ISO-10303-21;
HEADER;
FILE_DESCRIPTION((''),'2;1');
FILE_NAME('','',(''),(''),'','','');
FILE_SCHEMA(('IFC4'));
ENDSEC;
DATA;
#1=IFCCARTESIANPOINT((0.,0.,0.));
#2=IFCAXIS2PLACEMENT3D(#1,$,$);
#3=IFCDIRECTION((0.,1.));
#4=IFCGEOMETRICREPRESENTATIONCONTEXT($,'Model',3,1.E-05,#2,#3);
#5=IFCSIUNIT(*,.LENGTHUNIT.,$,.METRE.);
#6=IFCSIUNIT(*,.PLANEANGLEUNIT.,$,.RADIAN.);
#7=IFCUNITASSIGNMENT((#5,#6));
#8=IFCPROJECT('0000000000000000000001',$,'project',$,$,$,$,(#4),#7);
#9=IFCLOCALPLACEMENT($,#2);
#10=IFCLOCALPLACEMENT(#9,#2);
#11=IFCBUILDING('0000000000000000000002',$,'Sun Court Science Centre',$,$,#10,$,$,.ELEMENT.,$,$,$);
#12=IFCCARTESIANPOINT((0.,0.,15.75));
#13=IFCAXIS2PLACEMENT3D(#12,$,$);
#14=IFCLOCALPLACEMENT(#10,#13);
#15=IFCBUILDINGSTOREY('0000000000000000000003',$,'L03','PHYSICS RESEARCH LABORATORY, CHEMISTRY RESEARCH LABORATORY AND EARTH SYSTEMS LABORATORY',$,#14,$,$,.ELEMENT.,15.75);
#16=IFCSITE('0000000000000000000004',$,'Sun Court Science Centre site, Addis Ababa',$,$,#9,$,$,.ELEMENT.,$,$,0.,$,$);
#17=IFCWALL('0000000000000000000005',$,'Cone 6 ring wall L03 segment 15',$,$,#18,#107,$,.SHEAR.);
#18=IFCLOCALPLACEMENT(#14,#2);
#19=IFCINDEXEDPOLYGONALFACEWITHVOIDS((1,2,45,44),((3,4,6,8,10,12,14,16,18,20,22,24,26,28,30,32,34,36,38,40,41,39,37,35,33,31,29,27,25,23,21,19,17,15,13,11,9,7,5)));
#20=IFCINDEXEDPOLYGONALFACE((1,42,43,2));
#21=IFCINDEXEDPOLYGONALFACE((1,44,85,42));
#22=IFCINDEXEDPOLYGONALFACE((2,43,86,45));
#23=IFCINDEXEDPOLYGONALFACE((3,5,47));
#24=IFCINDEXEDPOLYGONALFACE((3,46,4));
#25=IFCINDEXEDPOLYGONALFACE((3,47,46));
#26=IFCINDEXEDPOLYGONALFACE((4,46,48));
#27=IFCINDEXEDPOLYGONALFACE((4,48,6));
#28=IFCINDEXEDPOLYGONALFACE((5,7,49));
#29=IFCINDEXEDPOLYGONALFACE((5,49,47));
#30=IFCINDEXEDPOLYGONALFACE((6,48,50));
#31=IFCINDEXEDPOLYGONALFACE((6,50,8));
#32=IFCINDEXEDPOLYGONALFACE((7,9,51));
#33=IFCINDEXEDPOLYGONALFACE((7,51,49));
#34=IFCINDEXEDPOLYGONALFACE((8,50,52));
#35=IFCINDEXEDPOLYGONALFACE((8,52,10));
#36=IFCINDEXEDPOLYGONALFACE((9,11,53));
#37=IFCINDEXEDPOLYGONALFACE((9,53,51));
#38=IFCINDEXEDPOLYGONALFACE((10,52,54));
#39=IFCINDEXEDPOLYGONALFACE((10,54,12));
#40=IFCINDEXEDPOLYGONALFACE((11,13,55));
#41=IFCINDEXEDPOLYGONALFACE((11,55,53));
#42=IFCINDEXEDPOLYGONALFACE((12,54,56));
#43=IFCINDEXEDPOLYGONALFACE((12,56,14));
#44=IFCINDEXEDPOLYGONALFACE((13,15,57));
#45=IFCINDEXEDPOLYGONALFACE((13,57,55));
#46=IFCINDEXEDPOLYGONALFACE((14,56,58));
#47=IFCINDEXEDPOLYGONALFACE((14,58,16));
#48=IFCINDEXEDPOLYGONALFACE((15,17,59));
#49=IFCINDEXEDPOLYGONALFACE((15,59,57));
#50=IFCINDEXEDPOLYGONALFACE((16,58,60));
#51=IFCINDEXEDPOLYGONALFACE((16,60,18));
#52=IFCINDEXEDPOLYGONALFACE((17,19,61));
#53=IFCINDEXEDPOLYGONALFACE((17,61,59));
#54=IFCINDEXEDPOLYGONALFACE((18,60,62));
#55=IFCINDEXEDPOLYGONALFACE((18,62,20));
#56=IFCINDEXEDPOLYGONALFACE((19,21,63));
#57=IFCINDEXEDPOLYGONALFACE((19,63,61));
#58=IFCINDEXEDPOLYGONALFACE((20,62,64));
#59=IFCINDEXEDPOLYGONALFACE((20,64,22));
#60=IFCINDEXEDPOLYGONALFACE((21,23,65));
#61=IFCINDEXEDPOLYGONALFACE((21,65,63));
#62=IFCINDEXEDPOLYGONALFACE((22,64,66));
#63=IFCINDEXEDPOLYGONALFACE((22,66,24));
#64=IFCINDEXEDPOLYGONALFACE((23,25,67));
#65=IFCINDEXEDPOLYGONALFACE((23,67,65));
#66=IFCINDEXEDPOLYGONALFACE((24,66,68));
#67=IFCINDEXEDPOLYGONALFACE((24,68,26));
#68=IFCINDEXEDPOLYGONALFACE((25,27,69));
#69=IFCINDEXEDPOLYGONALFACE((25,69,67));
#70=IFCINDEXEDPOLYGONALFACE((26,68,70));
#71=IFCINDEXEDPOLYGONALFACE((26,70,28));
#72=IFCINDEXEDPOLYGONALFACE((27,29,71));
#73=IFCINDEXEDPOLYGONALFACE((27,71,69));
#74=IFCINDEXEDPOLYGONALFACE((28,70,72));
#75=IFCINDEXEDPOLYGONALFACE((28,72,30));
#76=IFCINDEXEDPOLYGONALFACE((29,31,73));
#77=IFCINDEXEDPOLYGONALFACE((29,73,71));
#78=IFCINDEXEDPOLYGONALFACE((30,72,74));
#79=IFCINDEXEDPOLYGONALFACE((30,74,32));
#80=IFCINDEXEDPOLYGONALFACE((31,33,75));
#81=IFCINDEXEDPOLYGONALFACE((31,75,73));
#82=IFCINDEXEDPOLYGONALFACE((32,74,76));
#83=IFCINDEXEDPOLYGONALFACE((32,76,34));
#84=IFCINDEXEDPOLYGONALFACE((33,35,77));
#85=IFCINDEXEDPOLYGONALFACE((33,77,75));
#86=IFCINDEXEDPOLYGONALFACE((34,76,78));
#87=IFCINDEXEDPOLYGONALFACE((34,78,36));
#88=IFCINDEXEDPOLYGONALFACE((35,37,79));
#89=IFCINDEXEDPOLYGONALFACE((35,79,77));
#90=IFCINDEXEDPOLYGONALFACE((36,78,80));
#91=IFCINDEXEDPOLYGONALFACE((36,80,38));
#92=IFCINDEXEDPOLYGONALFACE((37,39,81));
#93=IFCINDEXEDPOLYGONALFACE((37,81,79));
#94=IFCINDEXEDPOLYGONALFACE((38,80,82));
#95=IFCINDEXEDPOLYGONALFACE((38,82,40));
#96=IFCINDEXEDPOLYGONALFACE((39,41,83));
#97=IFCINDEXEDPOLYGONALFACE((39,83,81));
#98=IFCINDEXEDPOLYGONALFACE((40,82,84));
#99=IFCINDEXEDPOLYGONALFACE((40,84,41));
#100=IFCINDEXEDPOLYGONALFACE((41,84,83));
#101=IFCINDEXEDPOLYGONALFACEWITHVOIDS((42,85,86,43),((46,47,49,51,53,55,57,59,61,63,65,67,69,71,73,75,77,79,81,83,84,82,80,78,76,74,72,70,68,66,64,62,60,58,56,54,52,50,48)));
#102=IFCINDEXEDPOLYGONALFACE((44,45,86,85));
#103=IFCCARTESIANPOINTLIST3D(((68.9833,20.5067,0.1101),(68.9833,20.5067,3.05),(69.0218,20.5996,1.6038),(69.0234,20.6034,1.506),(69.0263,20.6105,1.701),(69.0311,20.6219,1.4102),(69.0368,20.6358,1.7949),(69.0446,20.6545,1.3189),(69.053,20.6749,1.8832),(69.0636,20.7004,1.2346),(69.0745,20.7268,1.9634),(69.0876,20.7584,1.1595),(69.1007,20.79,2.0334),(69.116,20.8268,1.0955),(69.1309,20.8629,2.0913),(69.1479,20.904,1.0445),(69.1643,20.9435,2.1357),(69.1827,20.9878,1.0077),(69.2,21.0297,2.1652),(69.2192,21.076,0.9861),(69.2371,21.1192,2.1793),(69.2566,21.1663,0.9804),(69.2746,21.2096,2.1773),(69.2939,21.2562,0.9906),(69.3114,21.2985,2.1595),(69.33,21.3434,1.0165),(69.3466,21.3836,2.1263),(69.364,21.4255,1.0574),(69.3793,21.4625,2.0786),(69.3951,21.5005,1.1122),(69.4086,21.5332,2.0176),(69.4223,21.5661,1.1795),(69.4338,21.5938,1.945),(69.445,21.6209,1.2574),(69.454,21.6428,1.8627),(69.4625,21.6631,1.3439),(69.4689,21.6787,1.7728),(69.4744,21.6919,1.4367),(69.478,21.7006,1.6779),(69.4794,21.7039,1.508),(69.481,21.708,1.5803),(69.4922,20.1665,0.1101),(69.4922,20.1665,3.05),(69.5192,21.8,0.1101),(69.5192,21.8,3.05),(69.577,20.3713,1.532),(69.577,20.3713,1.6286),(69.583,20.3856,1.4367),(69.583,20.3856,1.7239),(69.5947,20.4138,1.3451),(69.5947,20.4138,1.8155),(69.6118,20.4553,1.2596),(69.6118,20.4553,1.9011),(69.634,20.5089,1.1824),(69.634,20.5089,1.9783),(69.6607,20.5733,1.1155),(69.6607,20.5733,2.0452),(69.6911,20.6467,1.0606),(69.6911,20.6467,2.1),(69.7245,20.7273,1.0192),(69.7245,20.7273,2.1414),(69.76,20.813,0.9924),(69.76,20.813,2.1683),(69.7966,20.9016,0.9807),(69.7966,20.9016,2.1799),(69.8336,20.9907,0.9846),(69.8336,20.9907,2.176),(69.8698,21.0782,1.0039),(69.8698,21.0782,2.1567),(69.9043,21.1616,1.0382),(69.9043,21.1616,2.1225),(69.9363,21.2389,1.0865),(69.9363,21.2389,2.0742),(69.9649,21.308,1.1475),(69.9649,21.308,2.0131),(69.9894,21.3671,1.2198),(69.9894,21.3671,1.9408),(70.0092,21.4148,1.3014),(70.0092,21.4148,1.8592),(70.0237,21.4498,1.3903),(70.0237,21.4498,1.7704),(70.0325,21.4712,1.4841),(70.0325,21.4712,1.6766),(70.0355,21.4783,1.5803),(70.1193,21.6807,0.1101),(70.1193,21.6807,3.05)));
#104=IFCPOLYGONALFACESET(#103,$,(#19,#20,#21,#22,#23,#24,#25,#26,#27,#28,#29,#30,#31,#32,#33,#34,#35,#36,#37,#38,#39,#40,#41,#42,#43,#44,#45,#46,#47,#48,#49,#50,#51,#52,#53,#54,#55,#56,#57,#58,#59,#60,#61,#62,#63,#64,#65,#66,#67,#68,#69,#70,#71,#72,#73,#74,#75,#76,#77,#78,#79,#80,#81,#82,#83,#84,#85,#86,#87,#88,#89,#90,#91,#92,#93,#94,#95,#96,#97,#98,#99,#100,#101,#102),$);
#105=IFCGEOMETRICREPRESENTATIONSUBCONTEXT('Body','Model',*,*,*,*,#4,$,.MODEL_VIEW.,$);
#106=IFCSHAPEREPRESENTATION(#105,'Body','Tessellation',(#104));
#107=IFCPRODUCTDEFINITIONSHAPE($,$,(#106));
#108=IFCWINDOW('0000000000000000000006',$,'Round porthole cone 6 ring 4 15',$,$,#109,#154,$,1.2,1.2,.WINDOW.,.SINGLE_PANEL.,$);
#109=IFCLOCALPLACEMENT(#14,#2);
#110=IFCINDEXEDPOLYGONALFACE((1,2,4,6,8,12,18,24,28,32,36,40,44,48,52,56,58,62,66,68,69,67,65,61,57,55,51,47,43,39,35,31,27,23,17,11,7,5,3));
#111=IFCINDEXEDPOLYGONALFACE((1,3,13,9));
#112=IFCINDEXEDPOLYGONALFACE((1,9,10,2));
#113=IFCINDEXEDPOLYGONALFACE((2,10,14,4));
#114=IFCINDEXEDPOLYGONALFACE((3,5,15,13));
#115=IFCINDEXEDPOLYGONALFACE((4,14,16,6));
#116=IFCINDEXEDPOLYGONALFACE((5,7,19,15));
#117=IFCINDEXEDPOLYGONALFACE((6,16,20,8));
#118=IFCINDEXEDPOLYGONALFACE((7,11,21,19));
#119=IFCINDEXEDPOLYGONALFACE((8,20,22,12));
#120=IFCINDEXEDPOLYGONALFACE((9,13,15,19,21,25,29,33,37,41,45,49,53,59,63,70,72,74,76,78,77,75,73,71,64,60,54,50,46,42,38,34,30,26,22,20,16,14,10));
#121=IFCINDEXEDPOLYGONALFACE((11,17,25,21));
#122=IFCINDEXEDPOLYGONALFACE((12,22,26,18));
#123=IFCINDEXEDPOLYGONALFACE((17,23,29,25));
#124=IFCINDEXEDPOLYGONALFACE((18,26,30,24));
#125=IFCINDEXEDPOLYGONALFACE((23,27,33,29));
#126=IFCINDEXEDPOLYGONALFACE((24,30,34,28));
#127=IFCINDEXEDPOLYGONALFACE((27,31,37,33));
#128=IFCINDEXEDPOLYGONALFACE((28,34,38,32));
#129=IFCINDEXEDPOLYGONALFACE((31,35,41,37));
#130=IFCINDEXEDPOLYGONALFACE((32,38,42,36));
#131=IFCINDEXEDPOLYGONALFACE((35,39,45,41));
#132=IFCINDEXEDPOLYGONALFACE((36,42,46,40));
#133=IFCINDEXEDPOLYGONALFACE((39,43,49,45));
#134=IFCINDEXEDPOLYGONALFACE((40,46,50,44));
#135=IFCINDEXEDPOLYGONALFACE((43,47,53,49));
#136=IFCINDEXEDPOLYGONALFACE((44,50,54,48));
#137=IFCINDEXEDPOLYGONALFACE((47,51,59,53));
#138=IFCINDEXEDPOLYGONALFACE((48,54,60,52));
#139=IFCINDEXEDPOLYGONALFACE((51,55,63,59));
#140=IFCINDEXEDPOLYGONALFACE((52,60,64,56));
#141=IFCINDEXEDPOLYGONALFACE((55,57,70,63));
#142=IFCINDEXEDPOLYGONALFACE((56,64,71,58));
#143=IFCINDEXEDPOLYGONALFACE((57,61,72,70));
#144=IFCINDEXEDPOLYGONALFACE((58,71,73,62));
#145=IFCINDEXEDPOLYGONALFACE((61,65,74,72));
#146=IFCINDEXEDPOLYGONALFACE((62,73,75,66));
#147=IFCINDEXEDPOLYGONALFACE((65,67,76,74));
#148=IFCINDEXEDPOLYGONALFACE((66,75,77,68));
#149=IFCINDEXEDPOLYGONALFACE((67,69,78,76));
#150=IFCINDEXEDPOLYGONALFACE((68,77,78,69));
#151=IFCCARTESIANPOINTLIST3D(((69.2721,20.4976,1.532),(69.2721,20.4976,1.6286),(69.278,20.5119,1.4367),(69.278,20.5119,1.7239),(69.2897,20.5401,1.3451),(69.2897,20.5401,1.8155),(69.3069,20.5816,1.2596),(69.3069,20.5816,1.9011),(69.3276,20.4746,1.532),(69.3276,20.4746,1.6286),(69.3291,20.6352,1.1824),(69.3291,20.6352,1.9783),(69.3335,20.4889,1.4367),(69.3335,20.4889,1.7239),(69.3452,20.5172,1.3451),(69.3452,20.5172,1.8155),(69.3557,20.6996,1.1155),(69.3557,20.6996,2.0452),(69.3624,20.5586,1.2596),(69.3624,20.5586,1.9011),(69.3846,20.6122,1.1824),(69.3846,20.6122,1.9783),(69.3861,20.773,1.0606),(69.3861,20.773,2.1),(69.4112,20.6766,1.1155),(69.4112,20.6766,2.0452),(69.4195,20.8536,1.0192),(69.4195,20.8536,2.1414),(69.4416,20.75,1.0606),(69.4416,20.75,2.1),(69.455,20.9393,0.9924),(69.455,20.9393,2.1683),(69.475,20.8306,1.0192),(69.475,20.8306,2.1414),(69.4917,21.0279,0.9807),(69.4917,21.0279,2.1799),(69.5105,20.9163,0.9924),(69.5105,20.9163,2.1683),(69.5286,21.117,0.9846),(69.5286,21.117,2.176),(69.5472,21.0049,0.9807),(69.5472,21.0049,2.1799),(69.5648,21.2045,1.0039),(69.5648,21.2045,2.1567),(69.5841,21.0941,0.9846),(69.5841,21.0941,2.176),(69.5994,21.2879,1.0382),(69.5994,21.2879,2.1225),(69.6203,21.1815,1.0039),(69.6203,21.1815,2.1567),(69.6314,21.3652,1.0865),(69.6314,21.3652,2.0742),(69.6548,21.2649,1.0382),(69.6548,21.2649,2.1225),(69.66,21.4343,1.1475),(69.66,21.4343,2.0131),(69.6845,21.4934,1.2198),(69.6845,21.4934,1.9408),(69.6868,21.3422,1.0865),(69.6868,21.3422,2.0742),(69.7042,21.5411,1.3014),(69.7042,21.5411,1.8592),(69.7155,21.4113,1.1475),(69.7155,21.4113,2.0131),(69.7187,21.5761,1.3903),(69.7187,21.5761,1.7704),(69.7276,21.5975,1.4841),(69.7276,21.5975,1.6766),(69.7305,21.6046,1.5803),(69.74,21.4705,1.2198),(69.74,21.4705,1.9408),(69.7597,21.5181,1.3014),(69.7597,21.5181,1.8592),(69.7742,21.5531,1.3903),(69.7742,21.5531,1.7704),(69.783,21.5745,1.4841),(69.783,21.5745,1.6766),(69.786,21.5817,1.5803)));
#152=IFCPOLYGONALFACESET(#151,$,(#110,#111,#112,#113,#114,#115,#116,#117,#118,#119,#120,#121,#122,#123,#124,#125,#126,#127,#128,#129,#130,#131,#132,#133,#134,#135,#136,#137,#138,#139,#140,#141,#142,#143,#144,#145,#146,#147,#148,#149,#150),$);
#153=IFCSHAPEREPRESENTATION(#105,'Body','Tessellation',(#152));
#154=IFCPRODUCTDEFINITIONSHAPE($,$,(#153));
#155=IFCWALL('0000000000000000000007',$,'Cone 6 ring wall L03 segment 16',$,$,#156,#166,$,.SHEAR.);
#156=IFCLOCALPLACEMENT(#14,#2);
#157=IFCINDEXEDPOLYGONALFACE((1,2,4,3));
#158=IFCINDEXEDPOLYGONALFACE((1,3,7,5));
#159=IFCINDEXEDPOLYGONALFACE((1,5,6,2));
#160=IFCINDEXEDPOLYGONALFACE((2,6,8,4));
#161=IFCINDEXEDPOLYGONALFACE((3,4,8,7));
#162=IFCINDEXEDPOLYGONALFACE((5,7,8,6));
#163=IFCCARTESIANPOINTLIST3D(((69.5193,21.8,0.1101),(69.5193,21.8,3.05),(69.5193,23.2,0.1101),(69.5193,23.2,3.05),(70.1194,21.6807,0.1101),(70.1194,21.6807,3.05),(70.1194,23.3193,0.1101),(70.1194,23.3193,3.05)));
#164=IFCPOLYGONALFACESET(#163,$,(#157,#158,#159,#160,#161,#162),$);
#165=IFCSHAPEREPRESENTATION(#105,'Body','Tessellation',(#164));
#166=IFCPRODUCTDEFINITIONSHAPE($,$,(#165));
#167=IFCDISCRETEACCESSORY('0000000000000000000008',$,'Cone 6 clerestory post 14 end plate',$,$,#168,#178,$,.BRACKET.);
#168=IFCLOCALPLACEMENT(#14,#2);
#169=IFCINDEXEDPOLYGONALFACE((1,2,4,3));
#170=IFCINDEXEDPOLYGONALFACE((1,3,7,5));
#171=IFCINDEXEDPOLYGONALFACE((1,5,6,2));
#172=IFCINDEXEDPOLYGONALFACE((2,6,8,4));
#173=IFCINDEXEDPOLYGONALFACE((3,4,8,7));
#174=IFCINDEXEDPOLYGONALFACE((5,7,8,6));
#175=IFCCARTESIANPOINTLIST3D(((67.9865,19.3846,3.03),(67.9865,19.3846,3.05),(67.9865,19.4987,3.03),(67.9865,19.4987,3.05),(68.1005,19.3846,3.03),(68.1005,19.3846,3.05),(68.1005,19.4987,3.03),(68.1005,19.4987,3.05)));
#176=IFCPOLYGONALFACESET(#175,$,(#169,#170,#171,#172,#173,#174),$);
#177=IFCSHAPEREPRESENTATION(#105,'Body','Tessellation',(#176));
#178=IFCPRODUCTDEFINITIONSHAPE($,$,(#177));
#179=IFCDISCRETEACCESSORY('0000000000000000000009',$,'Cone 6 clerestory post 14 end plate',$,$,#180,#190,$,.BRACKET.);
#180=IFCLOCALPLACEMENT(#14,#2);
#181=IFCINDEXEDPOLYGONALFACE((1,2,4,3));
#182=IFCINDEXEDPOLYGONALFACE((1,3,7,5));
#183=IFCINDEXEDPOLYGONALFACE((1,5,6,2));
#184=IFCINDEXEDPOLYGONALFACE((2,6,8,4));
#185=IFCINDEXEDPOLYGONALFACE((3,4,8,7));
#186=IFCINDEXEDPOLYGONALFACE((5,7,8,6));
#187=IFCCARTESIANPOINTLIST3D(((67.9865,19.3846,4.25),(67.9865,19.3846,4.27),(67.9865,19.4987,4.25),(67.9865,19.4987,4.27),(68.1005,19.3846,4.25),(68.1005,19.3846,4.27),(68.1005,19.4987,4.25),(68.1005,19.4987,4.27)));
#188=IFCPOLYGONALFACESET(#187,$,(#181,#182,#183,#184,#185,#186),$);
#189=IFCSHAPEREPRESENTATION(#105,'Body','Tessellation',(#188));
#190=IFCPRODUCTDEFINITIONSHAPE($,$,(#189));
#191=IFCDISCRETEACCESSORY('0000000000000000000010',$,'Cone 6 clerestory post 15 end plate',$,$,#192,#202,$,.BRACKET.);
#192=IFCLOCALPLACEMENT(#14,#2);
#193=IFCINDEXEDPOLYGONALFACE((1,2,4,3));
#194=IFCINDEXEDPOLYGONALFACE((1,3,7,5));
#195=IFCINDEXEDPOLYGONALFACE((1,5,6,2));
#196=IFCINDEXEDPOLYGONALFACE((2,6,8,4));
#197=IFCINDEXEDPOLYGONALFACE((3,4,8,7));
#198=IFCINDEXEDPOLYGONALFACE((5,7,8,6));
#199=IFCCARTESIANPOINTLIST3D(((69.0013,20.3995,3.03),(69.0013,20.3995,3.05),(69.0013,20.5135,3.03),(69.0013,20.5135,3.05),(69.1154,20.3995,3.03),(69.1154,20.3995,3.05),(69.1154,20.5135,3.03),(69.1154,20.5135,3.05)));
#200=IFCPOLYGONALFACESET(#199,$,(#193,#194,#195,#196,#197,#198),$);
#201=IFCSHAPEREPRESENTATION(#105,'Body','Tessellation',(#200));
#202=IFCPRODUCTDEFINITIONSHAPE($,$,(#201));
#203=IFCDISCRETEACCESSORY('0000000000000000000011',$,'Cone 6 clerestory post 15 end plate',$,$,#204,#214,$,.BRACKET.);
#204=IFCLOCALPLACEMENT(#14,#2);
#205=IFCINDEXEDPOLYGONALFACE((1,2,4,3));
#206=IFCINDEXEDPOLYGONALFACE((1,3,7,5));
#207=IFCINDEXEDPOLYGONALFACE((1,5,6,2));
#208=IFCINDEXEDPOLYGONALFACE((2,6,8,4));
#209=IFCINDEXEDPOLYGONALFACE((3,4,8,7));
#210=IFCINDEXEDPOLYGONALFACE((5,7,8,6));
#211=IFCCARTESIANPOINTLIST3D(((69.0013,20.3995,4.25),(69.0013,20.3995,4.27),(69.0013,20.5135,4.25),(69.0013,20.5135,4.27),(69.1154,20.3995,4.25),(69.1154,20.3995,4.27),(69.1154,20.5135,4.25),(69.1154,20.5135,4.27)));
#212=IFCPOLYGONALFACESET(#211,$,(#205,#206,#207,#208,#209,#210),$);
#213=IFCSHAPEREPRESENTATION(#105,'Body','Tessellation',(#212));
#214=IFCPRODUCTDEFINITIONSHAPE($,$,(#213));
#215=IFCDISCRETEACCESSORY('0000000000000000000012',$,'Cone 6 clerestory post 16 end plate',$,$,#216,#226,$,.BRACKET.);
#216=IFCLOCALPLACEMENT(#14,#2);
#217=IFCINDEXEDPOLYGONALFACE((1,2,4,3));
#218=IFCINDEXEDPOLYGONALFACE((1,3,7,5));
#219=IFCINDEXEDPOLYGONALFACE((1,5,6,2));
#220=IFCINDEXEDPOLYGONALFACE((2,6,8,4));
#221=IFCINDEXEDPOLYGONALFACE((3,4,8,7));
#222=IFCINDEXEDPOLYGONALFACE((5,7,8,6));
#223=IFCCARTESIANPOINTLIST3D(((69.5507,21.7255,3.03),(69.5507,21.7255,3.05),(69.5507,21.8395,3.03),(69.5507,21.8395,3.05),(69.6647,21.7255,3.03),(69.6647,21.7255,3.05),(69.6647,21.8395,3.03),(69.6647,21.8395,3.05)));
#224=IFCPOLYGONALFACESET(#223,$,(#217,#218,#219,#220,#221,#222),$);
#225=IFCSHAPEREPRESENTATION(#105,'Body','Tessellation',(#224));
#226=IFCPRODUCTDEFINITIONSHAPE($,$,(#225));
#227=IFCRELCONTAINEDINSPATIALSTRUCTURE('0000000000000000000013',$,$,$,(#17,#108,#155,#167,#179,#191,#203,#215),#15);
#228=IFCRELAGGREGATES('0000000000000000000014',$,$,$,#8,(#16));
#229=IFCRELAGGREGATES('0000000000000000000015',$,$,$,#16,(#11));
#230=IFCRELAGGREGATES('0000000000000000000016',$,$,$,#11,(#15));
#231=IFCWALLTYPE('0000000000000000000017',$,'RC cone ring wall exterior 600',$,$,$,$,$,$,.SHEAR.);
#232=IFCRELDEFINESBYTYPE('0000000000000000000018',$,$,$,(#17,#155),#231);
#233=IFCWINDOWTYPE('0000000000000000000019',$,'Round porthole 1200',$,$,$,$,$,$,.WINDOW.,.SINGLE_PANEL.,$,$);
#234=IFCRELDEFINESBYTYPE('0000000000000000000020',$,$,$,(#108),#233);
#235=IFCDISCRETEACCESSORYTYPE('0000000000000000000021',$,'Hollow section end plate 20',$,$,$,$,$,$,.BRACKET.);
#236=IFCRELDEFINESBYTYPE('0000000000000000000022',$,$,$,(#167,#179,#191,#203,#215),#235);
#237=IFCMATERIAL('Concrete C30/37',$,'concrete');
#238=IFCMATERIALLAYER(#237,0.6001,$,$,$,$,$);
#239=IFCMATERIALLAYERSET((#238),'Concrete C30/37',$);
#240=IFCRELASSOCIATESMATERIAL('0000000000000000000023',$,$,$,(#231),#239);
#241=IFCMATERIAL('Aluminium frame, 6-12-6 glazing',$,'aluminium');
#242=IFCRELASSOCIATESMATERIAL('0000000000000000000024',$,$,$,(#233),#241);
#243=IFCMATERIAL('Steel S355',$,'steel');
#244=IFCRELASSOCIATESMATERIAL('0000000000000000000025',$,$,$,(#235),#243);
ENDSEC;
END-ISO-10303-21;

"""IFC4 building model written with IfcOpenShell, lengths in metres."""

from ifc_helpers import new_model, si_unit, direction, frame, frame_2d, origin, origin_2d, place, context, subcontext, project, spatial, polyline, rectangle, circle, outline, extrude, material, layer, layer_set, type_object, element, fill, save


model = new_model("IFC4")

# Units and contexts
model_context = context("Model", 3, precision=1e-05, world=origin(), true_north=direction((0.0, 1.0)))
body_context = subcontext(model_context, "Body", "Model", "MODEL_VIEW")
ifc_project = project(units=[si_unit("LENGTHUNIT", "METRE"), si_unit("PLANEANGLEUNIT", "RADIAN")], contexts=[model_context])

# Site, building, storey
site_placement = place(None, origin())
site = spatial("IfcSite", under=ifc_project, at=site_placement, Name="Sun Court Science Centre site, Addis Ababa", CompositionType="ELEMENT", RefElevation=0.0)
building_placement = place(site_placement, origin())
building = spatial("IfcBuilding", under=site, at=building_placement, Name="Sun Court Science Centre", CompositionType="ELEMENT")
storey_placement = place(building_placement, frame((0.0, 0.0, 15.75)))
storey = spatial("IfcBuildingStorey", under=building, at=storey_placement, Name="L03", Description="PHYSICS RESEARCH LABORATORY, CHEMISTRY RESEARCH LABORATORY AND EARTH SYSTEMS LABORATORY", CompositionType="ELEMENT", Elevation=15.75)

# Shared definitions
ifc_material_1 = material(Name="Concrete C30/37", Category="concrete")
ifc_layer_1 = layer(ifc_material_1, 0.6001)
ifc_layer_set_1 = layer_set([ifc_layer_1], Name="Concrete C30/37")
wall_type_1 = type_object("IfcWallType", Name="RC cone ring wall exterior 600", PredefinedType="SHEAR", material=ifc_layer_set_1)

# Wall, opening, window
wall_1_placement = place(storey_placement, frame((69.2151, 20.2815, 0.1101), z_axis=(0.0, 0.0, 1.0), x_axis=(0.382615, 0.923908, 0.0)))
wall_1 = element("IfcWall", 1, at=wall_1_placement, inside=storey, type_object=wall_type_1, Name="Cone 6 ring wall L03 segment 15", PredefinedType="SHEAR", context=body_context, shape_type="SweptSolid", body=[
    extrude(outline(polyline([(-0.0002, -0.3), (1.6387, -0.3), (1.5193, 0.3), (0.1194, 0.3003), (-0.0002, -0.3)])), origin(), (0.0, 0.0, 1.0), 2.9399),
])
opening_placement = place(wall_1_placement, frame((0.2195, 0.0, 0.8701)))
opening = element("IfcOpeningElement", 2, at=opening_placement, cuts=wall_1, PredefinedType="OPENING", context=body_context, shape_type="SweptSolid", body=[
    extrude(circle(Radius=0.6001, at=frame_2d((0.6001, 0.6001))), frame((0.0, 0.3101, 0.0), z_axis=(0.0, -1.0, 0.0), x_axis=(1.0, 0.0, 0.0)), (0.0, 0.0, 1.0), 0.6201),
])
ifc_material_2 = material(Name="Aluminium frame, 6-12-6 glazing", Category="aluminium")
window_type = type_object("IfcWindowType", Name="Round porthole 1200", PartitioningType="SINGLE_PANEL", PredefinedType="WINDOW", material=ifc_material_2)
window_placement = place(opening_placement, origin())
window = element("IfcWindow", 3, at=window_placement, inside=storey, type_object=window_type, Name="Round porthole cone 6 ring 4 15", OverallHeight=1.2, OverallWidth=1.2, PartitioningType="SINGLE_PANEL", PredefinedType="WINDOW", context=body_context, shape_type="SweptSolid", body=[
    extrude(circle(Radius=0.6001, at=frame_2d((0.6001, 0.6001))), frame((0.0, 0.03, 0.0), z_axis=(0.0, -1.0, 0.0), x_axis=(1.0, 0.0, 0.0)), (0.0, 0.0, 1.0), 0.0601),
])
fill(opening, window)

# Wall
wall_2_placement = place(storey_placement, frame((69.8193, 21.6807, 0.1101), z_axis=(0.0, 0.0, 1.0), x_axis=(0.0, 1.0, 0.0)))
element("IfcWall", 4, at=wall_2_placement, inside=storey, type_object=wall_type_1, Name="Cone 6 ring wall L03 segment 16", PredefinedType="SHEAR", context=body_context, shape_type="SweptSolid", body=[
    extrude(outline(polyline([(0.0, -0.3), (1.6387, -0.3), (1.5193, 0.3), (0.1194, 0.3), (0.0, -0.3)])), origin(), (0.0, 0.0, 1.0), 2.9399),
])

# Discrete accessories
ifc_material_3 = material(Name="Steel S355", Category="steel")
discrete_accessory_type_1 = type_object("IfcDiscreteAccessoryType", Name="Hollow section end plate 20", PredefinedType="BRACKET", material=ifc_material_3)
for number, where, z_axis, x_axis, name in (
    (5, (68.0435, 19.4417, 3.03), (0.0, 0.0, 1.0), (1.0, 0.0, 0.0), "Cone 6 clerestory post 14 end plate"),
    (6, (68.0435, 19.4417, 4.25), (0.0, 0.0, 1.0), (1.0, 0.0, 0.0), "Cone 6 clerestory post 14 end plate"),
    (7, (69.0583, 20.4565, 3.03), (0.0, 0.0, 1.0), (1.0, 0.0, 0.0), "Cone 6 clerestory post 15 end plate"),
    (8, (69.0583, 20.4565, 4.25), (0.0, 0.0, 1.0), (1.0, 0.0, 0.0), "Cone 6 clerestory post 15 end plate"),
    (9, (69.6077, 21.7825, 3.03), (0.0, 0.0, 1.0), (1.0, 0.0, 0.0), "Cone 6 clerestory post 16 end plate"),
):
    element("IfcDiscreteAccessory", number, at=place(storey_placement, frame(where, z_axis=z_axis, x_axis=x_axis)), inside=storey, type_object=discrete_accessory_type_1, Name=name, PredefinedType="BRACKET", context=body_context, shape_type="SweptSolid", body=[
        extrude(rectangle(XDim=0.114, YDim=0.114, at=origin_2d()), origin(), (0.0, 0.0, 1.0), 0.02),
    ])

save(model, "model.ifc")
